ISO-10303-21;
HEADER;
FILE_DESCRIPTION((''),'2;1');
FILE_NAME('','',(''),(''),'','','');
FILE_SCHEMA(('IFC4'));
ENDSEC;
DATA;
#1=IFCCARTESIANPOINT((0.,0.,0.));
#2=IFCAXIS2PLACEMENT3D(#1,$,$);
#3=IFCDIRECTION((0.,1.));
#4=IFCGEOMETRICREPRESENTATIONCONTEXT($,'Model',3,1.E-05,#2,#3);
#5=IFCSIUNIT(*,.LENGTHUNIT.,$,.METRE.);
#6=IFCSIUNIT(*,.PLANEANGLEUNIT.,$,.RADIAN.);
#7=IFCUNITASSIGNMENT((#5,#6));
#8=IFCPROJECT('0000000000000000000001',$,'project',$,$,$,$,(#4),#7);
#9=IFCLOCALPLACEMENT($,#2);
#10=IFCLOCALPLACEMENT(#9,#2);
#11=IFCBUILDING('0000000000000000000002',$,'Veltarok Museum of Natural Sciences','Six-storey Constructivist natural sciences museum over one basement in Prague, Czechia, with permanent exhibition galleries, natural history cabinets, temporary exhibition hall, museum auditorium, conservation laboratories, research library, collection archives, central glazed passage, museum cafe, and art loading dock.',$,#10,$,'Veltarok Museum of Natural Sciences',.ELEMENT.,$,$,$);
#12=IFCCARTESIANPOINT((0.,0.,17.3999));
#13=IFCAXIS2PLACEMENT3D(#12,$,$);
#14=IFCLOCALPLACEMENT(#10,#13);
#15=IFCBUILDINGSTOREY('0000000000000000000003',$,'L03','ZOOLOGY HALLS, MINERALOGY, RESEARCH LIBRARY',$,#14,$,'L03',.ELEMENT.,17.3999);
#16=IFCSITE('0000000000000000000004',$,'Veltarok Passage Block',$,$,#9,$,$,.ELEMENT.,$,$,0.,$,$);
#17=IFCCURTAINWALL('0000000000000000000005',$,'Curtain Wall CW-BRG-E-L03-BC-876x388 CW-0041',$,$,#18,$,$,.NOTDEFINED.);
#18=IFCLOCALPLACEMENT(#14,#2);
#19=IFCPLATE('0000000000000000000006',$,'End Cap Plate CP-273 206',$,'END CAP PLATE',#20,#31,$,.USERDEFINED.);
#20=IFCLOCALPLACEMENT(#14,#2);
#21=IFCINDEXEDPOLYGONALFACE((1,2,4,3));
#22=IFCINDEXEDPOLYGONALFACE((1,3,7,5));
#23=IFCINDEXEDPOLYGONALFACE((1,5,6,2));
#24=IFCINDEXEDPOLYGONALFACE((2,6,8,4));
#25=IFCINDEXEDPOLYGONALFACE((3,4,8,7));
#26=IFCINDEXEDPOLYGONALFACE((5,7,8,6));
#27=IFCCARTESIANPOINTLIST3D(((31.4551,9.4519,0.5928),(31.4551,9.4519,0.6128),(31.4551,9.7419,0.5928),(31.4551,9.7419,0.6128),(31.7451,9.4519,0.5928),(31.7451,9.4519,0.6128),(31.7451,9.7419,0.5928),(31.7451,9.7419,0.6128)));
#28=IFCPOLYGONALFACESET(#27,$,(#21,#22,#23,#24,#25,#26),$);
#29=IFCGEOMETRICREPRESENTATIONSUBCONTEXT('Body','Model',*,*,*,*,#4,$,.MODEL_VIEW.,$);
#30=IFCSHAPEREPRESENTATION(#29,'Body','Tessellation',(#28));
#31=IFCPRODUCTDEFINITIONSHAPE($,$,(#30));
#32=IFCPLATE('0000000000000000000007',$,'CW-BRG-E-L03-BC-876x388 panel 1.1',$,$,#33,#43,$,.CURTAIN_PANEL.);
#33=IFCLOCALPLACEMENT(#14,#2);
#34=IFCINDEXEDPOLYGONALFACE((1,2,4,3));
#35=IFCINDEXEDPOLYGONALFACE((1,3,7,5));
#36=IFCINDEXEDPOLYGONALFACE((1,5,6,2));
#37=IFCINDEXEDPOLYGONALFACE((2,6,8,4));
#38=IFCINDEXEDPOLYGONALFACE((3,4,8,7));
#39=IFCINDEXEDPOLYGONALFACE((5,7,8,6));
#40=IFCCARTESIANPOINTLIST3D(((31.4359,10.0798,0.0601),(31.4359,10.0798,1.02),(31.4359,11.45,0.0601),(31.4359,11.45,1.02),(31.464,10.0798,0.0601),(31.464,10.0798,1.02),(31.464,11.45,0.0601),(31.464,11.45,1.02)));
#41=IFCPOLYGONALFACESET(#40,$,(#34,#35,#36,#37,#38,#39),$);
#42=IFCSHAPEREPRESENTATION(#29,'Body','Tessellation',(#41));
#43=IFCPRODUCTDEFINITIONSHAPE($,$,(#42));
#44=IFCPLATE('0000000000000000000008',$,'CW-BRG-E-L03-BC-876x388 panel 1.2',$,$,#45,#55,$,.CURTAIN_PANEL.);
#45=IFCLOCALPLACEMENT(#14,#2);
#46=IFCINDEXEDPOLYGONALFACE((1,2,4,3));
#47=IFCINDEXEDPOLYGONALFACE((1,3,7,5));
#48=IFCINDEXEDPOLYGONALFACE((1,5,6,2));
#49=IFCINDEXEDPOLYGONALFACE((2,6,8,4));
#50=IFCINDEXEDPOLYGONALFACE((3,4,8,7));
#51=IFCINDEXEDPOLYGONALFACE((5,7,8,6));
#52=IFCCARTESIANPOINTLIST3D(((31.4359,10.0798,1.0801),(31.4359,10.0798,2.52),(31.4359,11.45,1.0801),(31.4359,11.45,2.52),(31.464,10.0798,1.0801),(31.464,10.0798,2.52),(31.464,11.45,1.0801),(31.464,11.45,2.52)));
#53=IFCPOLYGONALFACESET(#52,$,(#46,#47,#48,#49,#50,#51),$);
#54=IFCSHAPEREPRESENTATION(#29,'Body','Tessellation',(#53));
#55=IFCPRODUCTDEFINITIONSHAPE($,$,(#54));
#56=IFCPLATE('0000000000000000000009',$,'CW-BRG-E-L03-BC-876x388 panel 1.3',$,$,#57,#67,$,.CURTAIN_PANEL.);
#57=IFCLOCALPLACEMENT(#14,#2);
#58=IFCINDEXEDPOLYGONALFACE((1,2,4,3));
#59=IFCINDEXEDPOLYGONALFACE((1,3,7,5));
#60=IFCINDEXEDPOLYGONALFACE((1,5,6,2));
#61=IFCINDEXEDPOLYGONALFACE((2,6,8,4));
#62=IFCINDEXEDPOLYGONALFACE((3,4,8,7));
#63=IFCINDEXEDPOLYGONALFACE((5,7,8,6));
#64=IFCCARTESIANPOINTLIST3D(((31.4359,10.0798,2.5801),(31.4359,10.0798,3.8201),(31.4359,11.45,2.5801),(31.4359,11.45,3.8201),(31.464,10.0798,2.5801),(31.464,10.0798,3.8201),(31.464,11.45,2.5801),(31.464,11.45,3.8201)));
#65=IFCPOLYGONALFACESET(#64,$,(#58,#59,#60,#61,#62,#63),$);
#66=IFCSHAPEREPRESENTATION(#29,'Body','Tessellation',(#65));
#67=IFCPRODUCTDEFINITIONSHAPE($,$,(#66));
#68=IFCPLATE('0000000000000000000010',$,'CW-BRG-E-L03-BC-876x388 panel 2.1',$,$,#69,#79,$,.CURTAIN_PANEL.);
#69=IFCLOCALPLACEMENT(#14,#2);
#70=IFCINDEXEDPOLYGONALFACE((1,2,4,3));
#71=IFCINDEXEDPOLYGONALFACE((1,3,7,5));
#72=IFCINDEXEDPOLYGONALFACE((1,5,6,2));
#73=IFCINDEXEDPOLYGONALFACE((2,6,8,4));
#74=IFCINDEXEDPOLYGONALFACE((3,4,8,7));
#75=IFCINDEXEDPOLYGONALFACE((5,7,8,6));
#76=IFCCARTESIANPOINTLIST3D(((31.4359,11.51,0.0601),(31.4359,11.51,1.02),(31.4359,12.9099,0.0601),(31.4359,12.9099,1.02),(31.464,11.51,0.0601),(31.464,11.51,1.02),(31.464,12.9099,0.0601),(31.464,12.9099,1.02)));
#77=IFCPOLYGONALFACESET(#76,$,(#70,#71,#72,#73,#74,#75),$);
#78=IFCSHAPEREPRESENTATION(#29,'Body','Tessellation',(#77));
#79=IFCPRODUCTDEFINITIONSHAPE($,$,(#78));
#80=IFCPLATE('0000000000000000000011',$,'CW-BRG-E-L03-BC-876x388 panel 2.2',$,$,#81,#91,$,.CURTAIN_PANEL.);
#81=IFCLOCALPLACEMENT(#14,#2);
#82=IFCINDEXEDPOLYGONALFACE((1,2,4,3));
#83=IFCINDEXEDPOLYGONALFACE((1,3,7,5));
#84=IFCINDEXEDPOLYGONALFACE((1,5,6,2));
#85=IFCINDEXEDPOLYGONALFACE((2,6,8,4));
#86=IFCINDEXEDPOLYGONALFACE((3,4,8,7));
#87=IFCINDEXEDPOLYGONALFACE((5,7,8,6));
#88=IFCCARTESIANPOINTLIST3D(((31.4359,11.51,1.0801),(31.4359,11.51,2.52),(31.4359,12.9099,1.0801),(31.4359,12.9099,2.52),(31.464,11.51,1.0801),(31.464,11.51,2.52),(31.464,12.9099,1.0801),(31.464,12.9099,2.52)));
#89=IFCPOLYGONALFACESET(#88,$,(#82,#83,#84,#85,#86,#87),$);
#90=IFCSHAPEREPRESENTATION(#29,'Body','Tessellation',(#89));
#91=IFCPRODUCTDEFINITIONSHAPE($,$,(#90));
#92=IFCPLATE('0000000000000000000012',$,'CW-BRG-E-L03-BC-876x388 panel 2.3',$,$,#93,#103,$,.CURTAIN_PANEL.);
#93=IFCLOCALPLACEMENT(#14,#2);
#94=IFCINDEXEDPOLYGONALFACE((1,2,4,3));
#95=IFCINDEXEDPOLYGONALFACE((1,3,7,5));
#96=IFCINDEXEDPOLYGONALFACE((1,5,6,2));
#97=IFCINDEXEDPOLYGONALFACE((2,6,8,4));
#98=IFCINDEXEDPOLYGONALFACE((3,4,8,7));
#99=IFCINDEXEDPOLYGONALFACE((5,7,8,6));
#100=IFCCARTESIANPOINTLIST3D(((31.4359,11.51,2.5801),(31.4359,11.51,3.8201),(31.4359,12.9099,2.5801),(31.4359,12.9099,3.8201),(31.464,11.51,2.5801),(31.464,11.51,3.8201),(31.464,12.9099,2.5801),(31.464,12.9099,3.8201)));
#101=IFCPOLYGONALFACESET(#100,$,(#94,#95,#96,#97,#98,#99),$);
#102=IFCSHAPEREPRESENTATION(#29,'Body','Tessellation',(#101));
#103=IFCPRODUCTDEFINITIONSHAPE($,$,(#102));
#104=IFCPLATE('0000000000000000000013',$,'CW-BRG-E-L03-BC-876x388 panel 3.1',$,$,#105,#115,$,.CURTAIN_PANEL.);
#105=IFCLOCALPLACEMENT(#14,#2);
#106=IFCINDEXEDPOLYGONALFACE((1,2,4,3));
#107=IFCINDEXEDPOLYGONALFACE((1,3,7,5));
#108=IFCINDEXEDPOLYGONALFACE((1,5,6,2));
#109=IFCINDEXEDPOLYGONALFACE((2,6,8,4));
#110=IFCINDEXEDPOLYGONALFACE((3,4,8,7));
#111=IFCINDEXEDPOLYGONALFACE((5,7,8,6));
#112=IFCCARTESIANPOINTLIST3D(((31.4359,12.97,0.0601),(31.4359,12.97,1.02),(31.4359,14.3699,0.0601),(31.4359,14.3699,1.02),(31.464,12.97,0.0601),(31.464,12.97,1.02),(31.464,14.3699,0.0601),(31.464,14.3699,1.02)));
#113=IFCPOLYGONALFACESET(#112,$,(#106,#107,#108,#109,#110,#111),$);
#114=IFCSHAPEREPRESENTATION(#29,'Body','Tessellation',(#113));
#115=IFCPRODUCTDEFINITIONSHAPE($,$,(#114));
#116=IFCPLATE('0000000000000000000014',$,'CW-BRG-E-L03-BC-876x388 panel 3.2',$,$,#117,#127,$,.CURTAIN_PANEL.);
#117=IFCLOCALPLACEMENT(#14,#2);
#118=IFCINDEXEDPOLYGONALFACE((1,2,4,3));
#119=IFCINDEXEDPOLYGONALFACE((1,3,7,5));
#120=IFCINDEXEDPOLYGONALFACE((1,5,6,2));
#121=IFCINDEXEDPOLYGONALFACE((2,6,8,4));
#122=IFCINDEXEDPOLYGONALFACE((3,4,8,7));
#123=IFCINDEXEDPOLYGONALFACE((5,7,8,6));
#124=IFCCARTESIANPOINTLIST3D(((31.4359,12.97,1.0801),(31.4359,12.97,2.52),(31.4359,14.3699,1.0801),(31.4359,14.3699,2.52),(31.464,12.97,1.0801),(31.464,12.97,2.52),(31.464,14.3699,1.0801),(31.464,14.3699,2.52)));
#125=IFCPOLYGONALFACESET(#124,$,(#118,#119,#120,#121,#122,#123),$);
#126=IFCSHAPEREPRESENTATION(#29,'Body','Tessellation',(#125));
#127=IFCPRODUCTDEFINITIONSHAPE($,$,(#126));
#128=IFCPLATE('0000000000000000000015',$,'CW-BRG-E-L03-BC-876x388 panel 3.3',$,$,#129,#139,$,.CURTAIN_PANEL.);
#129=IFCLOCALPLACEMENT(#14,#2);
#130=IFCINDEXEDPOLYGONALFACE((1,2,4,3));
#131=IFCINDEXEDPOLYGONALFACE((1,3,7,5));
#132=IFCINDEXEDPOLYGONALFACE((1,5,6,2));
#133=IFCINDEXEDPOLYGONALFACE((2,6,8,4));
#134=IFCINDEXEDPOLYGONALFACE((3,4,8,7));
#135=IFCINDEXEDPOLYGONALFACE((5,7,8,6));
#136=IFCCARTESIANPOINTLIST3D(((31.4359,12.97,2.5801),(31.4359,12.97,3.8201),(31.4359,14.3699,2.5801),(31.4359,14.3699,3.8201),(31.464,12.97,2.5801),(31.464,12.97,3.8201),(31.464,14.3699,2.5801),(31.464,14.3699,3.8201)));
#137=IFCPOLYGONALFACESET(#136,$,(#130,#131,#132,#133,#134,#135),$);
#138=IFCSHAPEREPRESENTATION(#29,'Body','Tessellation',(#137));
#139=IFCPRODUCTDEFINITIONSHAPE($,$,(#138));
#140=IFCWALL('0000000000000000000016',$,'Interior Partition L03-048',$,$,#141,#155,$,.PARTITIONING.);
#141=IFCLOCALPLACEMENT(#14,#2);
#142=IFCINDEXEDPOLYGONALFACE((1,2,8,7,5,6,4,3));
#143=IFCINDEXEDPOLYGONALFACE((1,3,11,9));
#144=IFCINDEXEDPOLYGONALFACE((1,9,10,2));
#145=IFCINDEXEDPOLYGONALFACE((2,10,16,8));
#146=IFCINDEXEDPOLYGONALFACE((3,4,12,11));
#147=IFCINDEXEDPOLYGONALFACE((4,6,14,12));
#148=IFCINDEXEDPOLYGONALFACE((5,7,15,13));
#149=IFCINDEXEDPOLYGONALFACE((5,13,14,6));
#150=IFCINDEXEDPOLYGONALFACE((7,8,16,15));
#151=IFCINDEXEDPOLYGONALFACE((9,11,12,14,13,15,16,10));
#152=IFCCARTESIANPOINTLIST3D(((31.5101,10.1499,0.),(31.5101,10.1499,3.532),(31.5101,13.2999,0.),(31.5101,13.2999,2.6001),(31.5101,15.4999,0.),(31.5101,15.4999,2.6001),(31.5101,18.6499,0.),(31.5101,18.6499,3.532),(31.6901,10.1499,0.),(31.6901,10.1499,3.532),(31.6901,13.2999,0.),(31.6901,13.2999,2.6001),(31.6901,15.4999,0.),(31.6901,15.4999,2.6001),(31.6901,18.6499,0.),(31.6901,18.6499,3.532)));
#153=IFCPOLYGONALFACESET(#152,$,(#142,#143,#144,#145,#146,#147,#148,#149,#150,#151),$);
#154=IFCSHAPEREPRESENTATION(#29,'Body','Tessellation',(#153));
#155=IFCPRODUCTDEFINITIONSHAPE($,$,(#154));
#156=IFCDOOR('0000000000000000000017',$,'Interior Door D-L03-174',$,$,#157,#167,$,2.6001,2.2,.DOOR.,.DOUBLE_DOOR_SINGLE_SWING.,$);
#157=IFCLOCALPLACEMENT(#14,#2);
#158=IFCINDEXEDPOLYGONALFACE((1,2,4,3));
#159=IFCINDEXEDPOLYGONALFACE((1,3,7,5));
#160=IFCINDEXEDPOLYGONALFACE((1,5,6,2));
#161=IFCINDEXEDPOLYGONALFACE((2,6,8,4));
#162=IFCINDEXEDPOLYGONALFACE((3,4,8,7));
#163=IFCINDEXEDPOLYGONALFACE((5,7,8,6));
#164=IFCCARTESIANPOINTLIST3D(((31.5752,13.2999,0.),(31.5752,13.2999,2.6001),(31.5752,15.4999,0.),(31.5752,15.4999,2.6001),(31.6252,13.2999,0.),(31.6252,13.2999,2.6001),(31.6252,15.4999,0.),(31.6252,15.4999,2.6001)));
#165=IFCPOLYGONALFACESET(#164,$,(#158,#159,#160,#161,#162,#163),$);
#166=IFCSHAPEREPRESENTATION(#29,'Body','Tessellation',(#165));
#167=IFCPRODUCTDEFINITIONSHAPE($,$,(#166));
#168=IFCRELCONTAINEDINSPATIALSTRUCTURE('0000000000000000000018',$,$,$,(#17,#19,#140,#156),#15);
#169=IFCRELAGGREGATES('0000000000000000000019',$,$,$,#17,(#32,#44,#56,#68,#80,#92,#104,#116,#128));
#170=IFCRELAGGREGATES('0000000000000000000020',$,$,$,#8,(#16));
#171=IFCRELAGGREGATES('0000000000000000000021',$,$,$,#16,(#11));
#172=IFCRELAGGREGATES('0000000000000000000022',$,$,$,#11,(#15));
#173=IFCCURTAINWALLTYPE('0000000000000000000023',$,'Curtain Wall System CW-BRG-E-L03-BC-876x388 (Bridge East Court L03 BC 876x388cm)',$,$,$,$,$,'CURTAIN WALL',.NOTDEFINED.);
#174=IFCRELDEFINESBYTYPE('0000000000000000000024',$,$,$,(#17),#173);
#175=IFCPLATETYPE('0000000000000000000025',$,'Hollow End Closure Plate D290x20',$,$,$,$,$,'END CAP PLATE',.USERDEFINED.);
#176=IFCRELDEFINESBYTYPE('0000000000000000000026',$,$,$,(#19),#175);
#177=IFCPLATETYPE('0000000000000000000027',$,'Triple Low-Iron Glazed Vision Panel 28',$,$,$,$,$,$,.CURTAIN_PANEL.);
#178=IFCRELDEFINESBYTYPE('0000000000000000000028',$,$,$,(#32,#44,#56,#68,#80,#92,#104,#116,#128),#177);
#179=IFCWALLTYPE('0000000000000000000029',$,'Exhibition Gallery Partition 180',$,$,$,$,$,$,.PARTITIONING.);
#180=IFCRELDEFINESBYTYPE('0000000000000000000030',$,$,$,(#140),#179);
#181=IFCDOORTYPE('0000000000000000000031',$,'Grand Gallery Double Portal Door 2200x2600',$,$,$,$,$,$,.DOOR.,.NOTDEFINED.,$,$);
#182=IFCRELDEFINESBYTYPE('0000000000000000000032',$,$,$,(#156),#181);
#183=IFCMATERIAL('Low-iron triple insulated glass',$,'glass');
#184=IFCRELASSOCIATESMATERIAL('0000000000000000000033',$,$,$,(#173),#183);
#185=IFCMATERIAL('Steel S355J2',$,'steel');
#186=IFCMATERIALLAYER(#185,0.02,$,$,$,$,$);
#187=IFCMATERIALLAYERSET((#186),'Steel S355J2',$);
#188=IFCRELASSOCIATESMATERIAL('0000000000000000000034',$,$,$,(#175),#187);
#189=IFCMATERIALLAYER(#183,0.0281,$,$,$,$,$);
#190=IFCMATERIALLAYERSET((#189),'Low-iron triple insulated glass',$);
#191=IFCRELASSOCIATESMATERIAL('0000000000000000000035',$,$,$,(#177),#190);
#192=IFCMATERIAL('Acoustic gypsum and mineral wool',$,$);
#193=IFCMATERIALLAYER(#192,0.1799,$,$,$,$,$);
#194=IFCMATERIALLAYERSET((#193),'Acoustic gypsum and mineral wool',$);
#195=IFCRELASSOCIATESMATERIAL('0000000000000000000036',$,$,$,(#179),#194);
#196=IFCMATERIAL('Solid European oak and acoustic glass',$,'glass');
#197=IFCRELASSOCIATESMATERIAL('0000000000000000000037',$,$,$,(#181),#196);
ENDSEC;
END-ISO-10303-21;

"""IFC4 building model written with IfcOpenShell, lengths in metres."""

from ifc_helpers import new_model, si_unit, direction, frame, frame_2d, origin, origin_2d, place, context, subcontext, project, spatial, rectangle, extrude, material, layer, layer_set, type_object, element, fill, aggregate, save


model = new_model("IFC4")

# Units and contexts
model_context = context("Model", 3, precision=1e-05, world=origin(), true_north=direction((0.0, 1.0)))
body_context = subcontext(model_context, "Body", "Model", "MODEL_VIEW")
ifc_project = project(units=[si_unit("LENGTHUNIT", "METRE"), si_unit("PLANEANGLEUNIT", "RADIAN")], contexts=[model_context])

# Site, building, storey
site_placement = place(None, origin())
site = spatial("IfcSite", under=ifc_project, at=site_placement, Name="Veltarok Passage Block", CompositionType="ELEMENT", RefElevation=0.0)
building_placement = place(site_placement, origin())
building = spatial("IfcBuilding", under=site, at=building_placement, Name="Veltarok Museum of Natural Sciences", Description="Six-storey Constructivist natural sciences museum over one basement in Prague, Czechia, with permanent exhibition galleries, natural history cabinets, temporary exhibition hall, museum auditorium, conservation laboratories, research library, collection archives, central glazed passage, museum cafe, and art loading dock.", LongName="Veltarok Museum of Natural Sciences", CompositionType="ELEMENT")
storey_placement = place(building_placement, frame((0.0, 0.0, 17.3999)))
storey = spatial("IfcBuildingStorey", under=building, at=storey_placement, Name="L03", Description="ZOOLOGY HALLS, MINERALOGY, RESEARCH LIBRARY", LongName="L03", CompositionType="ELEMENT", Elevation=17.3999)

# Shared definitions
ifc_material_1 = material(Name="Steel S355J2", Category="steel")

# Curtain wall
ifc_material_2 = material(Name="Low-iron triple insulated glass", Category="glass")
curtain_wall_type = type_object("IfcCurtainWallType", Name="Curtain Wall System CW-BRG-E-L03-BC-876x388 (Bridge East Court L03 BC 876x388cm)", ElementType="CURTAIN WALL", PredefinedType="NOTDEFINED", material=ifc_material_2)
curtain_wall_placement = place(storey_placement, origin())
curtain_wall = element("IfcCurtainWall", 1, at=curtain_wall_placement, inside=storey, type_object=curtain_wall_type, Name="Curtain Wall CW-BRG-E-L03-BC-876x388 CW-0041", PredefinedType="NOTDEFINED")

# Plates
ifc_layer_1 = layer(ifc_material_1, 0.02)
ifc_layer_set_1 = layer_set([ifc_layer_1], Name="Steel S355J2")
plate_type_1 = type_object("IfcPlateType", Name="Hollow End Closure Plate D290x20", ElementType="END CAP PLATE", PredefinedType="USERDEFINED", material=ifc_layer_set_1)
plate_1_placement = place(storey_placement, frame((31.6001, 9.5969, 0.5928), z_axis=(0.0, 0.0, 1.0), x_axis=(0.0, 1.0, 0.0)))
element("IfcPlate", 2, at=plate_1_placement, inside=storey, type_object=plate_type_1, Name="End Cap Plate CP-273 206", ObjectType="END CAP PLATE", PredefinedType="USERDEFINED", context=body_context, shape_type="SweptSolid", body=[
    extrude(rectangle(XDim=0.29, YDim=0.29, at=origin_2d()), origin(), (0.0, 0.0, 1.0), 0.02),
])
ifc_layer_2 = layer(ifc_material_2, 0.0281)
ifc_layer_set_2 = layer_set([ifc_layer_2], Name="Low-iron triple insulated glass")
plate_type_2 = type_object("IfcPlateType", Name="Triple Low-Iron Glazed Vision Panel 28", PredefinedType="CURTAIN_PANEL", material=ifc_layer_set_2)
plate_2_placement = place(storey_placement, frame((31.45, 10.7649, 0.0601), z_axis=(0.0, 0.0, 1.0), x_axis=(0.0, 1.0, 0.0)))
plate_2 = element("IfcPlate", 3, at=plate_2_placement, type_object=plate_type_2, Name="CW-BRG-E-L03-BC-876x388 panel 1.1", PredefinedType="CURTAIN_PANEL", context=body_context, shape_type="SweptSolid", body=[
    extrude(rectangle(XDim=1.3701, YDim=0.0281, at=origin_2d()), origin(), (0.0, 0.0, 1.0), 0.96),
])
plate_3_placement = place(storey_placement, frame((31.45, 10.7649, 1.0801), z_axis=(0.0, 0.0, 1.0), x_axis=(0.0, 1.0, 0.0)))
plate_3 = element("IfcPlate", 4, at=plate_3_placement, type_object=plate_type_2, Name="CW-BRG-E-L03-BC-876x388 panel 1.2", PredefinedType="CURTAIN_PANEL", context=body_context, shape_type="SweptSolid", body=[
    extrude(rectangle(XDim=1.3701, YDim=0.0281, at=origin_2d()), origin(), (0.0, 0.0, 1.0), 1.4399),
])
plate_4_placement = place(storey_placement, frame((31.45, 10.7649, 2.5801), z_axis=(0.0, 0.0, 1.0), x_axis=(0.0, 1.0, 0.0)))
plate_4 = element("IfcPlate", 5, at=plate_4_placement, type_object=plate_type_2, Name="CW-BRG-E-L03-BC-876x388 panel 1.3", PredefinedType="CURTAIN_PANEL", context=body_context, shape_type="SweptSolid", body=[
    extrude(rectangle(XDim=1.3701, YDim=0.0281, at=origin_2d()), origin(), (0.0, 0.0, 1.0), 1.24),
])
plate_5_placement = place(storey_placement, frame((31.45, 12.21, 0.0601), z_axis=(0.0, 0.0, 1.0), x_axis=(0.0, 1.0, 0.0)))
plate_5 = element("IfcPlate", 6, at=plate_5_placement, type_object=plate_type_2, Name="CW-BRG-E-L03-BC-876x388 panel 2.1", PredefinedType="CURTAIN_PANEL", context=body_context, shape_type="SweptSolid", body=[
    extrude(rectangle(XDim=1.3999, YDim=0.0281, at=origin_2d()), origin(), (0.0, 0.0, 1.0), 0.96),
])
plate_6_placement = place(storey_placement, frame((31.45, 12.21, 1.0801), z_axis=(0.0, 0.0, 1.0), x_axis=(0.0, 1.0, 0.0)))
plate_6 = element("IfcPlate", 7, at=plate_6_placement, type_object=plate_type_2, Name="CW-BRG-E-L03-BC-876x388 panel 2.2", PredefinedType="CURTAIN_PANEL", context=body_context, shape_type="SweptSolid", body=[
    extrude(rectangle(XDim=1.3999, YDim=0.0281, at=origin_2d()), origin(), (0.0, 0.0, 1.0), 1.4399),
])
plate_7_placement = place(storey_placement, frame((31.45, 12.21, 2.5801), z_axis=(0.0, 0.0, 1.0), x_axis=(0.0, 1.0, 0.0)))
plate_7 = element("IfcPlate", 8, at=plate_7_placement, type_object=plate_type_2, Name="CW-BRG-E-L03-BC-876x388 panel 2.3", PredefinedType="CURTAIN_PANEL", context=body_context, shape_type="SweptSolid", body=[
    extrude(rectangle(XDim=1.3999, YDim=0.0281, at=origin_2d()), origin(), (0.0, 0.0, 1.0), 1.24),
])
plate_8_placement = place(storey_placement, frame((31.45, 13.6699, 0.0601), z_axis=(0.0, 0.0, 1.0), x_axis=(0.0, 1.0, 0.0)))
plate_8 = element("IfcPlate", 9, at=plate_8_placement, type_object=plate_type_2, Name="CW-BRG-E-L03-BC-876x388 panel 3.1", PredefinedType="CURTAIN_PANEL", context=body_context, shape_type="SweptSolid", body=[
    extrude(rectangle(XDim=1.3999, YDim=0.0281, at=origin_2d()), origin(), (0.0, 0.0, 1.0), 0.96),
])
plate_9_placement = place(storey_placement, frame((31.45, 13.6699, 1.0801), z_axis=(0.0, 0.0, 1.0), x_axis=(0.0, 1.0, 0.0)))
plate_9 = element("IfcPlate", 10, at=plate_9_placement, type_object=plate_type_2, Name="CW-BRG-E-L03-BC-876x388 panel 3.2", PredefinedType="CURTAIN_PANEL", context=body_context, shape_type="SweptSolid", body=[
    extrude(rectangle(XDim=1.3999, YDim=0.0281, at=origin_2d()), origin(), (0.0, 0.0, 1.0), 1.4399),
])
plate_10_placement = place(storey_placement, frame((31.45, 13.6699, 2.5801), z_axis=(0.0, 0.0, 1.0), x_axis=(0.0, 1.0, 0.0)))
plate_10 = element("IfcPlate", 11, at=plate_10_placement, type_object=plate_type_2, Name="CW-BRG-E-L03-BC-876x388 panel 3.3", PredefinedType="CURTAIN_PANEL", context=body_context, shape_type="SweptSolid", body=[
    extrude(rectangle(XDim=1.3999, YDim=0.0281, at=origin_2d()), origin(), (0.0, 0.0, 1.0), 1.24),
])
aggregate(curtain_wall, [plate_2, plate_3, plate_4, plate_5, plate_6, plate_7, plate_8, plate_9, plate_10])

# Wall, opening, door
ifc_material_3 = material(Name="Acoustic gypsum and mineral wool")
ifc_layer_3 = layer(ifc_material_3, 0.1799)
ifc_layer_set_3 = layer_set([ifc_layer_3], Name="Acoustic gypsum and mineral wool")
wall_type_1 = type_object("IfcWallType", Name="Exhibition Gallery Partition 180", PredefinedType="PARTITIONING", material=ifc_layer_set_3)
wall_1_placement = place(storey_placement, frame((31.6001, 10.1499, 0.0), z_axis=(0.0, 0.0, 1.0), x_axis=(0.0, 1.0, 0.0)))
wall_1 = element("IfcWall", 12, at=wall_1_placement, inside=storey, type_object=wall_type_1, Name="Interior Partition L03-048", PredefinedType="PARTITIONING", context=body_context, shape_type="SweptSolid", body=[
    extrude(rectangle(XDim=8.5, YDim=0.1799, at=frame_2d((4.25, 0.0))), origin(), (0.0, 0.0, 1.0), 3.532),
])
opening_1_placement = place(wall_1_placement, frame((3.1499, 0.0, 0.0)))
opening_1 = element("IfcOpeningElement", 13, at=opening_1_placement, cuts=wall_1, PredefinedType="OPENING", context=body_context, shape_type="SweptSolid", body=[
    extrude(rectangle(XDim=2.2, YDim=2.6001, at=frame_2d((1.1001, 1.3))), frame((0.0, 0.1001, 0.0), z_axis=(0.0, -1.0, 0.0), x_axis=(1.0, 0.0, 0.0)), (0.0, 0.0, 1.0), 0.2),
])
ifc_material_4 = material(Name="Solid European oak and acoustic glass", Category="glass")
door_type_1 = type_object("IfcDoorType", Name="Grand Gallery Double Portal Door 2200x2600", OperationType="NOTDEFINED", PredefinedType="DOOR", material=ifc_material_4)
door_1_placement = place(opening_1_placement, origin())
door_1 = element("IfcDoor", 14, at=door_1_placement, inside=storey, type_object=door_type_1, Name="Interior Door D-L03-174", OperationType="DOUBLE_DOOR_SINGLE_SWING", OverallHeight=2.6001, OverallWidth=2.2, PredefinedType="DOOR", context=body_context, shape_type="SweptSolid", body=[
    extrude(rectangle(XDim=2.2, YDim=2.6001, at=frame_2d((1.1001, 1.3))), frame((0.0, 0.0249, 0.0), z_axis=(0.0, -1.0, 0.0), x_axis=(1.0, 0.0, 0.0)), (0.0, 0.0, 1.0), 0.05),
])
fill(opening_1, door_1)

save(model, "model.ifc")
